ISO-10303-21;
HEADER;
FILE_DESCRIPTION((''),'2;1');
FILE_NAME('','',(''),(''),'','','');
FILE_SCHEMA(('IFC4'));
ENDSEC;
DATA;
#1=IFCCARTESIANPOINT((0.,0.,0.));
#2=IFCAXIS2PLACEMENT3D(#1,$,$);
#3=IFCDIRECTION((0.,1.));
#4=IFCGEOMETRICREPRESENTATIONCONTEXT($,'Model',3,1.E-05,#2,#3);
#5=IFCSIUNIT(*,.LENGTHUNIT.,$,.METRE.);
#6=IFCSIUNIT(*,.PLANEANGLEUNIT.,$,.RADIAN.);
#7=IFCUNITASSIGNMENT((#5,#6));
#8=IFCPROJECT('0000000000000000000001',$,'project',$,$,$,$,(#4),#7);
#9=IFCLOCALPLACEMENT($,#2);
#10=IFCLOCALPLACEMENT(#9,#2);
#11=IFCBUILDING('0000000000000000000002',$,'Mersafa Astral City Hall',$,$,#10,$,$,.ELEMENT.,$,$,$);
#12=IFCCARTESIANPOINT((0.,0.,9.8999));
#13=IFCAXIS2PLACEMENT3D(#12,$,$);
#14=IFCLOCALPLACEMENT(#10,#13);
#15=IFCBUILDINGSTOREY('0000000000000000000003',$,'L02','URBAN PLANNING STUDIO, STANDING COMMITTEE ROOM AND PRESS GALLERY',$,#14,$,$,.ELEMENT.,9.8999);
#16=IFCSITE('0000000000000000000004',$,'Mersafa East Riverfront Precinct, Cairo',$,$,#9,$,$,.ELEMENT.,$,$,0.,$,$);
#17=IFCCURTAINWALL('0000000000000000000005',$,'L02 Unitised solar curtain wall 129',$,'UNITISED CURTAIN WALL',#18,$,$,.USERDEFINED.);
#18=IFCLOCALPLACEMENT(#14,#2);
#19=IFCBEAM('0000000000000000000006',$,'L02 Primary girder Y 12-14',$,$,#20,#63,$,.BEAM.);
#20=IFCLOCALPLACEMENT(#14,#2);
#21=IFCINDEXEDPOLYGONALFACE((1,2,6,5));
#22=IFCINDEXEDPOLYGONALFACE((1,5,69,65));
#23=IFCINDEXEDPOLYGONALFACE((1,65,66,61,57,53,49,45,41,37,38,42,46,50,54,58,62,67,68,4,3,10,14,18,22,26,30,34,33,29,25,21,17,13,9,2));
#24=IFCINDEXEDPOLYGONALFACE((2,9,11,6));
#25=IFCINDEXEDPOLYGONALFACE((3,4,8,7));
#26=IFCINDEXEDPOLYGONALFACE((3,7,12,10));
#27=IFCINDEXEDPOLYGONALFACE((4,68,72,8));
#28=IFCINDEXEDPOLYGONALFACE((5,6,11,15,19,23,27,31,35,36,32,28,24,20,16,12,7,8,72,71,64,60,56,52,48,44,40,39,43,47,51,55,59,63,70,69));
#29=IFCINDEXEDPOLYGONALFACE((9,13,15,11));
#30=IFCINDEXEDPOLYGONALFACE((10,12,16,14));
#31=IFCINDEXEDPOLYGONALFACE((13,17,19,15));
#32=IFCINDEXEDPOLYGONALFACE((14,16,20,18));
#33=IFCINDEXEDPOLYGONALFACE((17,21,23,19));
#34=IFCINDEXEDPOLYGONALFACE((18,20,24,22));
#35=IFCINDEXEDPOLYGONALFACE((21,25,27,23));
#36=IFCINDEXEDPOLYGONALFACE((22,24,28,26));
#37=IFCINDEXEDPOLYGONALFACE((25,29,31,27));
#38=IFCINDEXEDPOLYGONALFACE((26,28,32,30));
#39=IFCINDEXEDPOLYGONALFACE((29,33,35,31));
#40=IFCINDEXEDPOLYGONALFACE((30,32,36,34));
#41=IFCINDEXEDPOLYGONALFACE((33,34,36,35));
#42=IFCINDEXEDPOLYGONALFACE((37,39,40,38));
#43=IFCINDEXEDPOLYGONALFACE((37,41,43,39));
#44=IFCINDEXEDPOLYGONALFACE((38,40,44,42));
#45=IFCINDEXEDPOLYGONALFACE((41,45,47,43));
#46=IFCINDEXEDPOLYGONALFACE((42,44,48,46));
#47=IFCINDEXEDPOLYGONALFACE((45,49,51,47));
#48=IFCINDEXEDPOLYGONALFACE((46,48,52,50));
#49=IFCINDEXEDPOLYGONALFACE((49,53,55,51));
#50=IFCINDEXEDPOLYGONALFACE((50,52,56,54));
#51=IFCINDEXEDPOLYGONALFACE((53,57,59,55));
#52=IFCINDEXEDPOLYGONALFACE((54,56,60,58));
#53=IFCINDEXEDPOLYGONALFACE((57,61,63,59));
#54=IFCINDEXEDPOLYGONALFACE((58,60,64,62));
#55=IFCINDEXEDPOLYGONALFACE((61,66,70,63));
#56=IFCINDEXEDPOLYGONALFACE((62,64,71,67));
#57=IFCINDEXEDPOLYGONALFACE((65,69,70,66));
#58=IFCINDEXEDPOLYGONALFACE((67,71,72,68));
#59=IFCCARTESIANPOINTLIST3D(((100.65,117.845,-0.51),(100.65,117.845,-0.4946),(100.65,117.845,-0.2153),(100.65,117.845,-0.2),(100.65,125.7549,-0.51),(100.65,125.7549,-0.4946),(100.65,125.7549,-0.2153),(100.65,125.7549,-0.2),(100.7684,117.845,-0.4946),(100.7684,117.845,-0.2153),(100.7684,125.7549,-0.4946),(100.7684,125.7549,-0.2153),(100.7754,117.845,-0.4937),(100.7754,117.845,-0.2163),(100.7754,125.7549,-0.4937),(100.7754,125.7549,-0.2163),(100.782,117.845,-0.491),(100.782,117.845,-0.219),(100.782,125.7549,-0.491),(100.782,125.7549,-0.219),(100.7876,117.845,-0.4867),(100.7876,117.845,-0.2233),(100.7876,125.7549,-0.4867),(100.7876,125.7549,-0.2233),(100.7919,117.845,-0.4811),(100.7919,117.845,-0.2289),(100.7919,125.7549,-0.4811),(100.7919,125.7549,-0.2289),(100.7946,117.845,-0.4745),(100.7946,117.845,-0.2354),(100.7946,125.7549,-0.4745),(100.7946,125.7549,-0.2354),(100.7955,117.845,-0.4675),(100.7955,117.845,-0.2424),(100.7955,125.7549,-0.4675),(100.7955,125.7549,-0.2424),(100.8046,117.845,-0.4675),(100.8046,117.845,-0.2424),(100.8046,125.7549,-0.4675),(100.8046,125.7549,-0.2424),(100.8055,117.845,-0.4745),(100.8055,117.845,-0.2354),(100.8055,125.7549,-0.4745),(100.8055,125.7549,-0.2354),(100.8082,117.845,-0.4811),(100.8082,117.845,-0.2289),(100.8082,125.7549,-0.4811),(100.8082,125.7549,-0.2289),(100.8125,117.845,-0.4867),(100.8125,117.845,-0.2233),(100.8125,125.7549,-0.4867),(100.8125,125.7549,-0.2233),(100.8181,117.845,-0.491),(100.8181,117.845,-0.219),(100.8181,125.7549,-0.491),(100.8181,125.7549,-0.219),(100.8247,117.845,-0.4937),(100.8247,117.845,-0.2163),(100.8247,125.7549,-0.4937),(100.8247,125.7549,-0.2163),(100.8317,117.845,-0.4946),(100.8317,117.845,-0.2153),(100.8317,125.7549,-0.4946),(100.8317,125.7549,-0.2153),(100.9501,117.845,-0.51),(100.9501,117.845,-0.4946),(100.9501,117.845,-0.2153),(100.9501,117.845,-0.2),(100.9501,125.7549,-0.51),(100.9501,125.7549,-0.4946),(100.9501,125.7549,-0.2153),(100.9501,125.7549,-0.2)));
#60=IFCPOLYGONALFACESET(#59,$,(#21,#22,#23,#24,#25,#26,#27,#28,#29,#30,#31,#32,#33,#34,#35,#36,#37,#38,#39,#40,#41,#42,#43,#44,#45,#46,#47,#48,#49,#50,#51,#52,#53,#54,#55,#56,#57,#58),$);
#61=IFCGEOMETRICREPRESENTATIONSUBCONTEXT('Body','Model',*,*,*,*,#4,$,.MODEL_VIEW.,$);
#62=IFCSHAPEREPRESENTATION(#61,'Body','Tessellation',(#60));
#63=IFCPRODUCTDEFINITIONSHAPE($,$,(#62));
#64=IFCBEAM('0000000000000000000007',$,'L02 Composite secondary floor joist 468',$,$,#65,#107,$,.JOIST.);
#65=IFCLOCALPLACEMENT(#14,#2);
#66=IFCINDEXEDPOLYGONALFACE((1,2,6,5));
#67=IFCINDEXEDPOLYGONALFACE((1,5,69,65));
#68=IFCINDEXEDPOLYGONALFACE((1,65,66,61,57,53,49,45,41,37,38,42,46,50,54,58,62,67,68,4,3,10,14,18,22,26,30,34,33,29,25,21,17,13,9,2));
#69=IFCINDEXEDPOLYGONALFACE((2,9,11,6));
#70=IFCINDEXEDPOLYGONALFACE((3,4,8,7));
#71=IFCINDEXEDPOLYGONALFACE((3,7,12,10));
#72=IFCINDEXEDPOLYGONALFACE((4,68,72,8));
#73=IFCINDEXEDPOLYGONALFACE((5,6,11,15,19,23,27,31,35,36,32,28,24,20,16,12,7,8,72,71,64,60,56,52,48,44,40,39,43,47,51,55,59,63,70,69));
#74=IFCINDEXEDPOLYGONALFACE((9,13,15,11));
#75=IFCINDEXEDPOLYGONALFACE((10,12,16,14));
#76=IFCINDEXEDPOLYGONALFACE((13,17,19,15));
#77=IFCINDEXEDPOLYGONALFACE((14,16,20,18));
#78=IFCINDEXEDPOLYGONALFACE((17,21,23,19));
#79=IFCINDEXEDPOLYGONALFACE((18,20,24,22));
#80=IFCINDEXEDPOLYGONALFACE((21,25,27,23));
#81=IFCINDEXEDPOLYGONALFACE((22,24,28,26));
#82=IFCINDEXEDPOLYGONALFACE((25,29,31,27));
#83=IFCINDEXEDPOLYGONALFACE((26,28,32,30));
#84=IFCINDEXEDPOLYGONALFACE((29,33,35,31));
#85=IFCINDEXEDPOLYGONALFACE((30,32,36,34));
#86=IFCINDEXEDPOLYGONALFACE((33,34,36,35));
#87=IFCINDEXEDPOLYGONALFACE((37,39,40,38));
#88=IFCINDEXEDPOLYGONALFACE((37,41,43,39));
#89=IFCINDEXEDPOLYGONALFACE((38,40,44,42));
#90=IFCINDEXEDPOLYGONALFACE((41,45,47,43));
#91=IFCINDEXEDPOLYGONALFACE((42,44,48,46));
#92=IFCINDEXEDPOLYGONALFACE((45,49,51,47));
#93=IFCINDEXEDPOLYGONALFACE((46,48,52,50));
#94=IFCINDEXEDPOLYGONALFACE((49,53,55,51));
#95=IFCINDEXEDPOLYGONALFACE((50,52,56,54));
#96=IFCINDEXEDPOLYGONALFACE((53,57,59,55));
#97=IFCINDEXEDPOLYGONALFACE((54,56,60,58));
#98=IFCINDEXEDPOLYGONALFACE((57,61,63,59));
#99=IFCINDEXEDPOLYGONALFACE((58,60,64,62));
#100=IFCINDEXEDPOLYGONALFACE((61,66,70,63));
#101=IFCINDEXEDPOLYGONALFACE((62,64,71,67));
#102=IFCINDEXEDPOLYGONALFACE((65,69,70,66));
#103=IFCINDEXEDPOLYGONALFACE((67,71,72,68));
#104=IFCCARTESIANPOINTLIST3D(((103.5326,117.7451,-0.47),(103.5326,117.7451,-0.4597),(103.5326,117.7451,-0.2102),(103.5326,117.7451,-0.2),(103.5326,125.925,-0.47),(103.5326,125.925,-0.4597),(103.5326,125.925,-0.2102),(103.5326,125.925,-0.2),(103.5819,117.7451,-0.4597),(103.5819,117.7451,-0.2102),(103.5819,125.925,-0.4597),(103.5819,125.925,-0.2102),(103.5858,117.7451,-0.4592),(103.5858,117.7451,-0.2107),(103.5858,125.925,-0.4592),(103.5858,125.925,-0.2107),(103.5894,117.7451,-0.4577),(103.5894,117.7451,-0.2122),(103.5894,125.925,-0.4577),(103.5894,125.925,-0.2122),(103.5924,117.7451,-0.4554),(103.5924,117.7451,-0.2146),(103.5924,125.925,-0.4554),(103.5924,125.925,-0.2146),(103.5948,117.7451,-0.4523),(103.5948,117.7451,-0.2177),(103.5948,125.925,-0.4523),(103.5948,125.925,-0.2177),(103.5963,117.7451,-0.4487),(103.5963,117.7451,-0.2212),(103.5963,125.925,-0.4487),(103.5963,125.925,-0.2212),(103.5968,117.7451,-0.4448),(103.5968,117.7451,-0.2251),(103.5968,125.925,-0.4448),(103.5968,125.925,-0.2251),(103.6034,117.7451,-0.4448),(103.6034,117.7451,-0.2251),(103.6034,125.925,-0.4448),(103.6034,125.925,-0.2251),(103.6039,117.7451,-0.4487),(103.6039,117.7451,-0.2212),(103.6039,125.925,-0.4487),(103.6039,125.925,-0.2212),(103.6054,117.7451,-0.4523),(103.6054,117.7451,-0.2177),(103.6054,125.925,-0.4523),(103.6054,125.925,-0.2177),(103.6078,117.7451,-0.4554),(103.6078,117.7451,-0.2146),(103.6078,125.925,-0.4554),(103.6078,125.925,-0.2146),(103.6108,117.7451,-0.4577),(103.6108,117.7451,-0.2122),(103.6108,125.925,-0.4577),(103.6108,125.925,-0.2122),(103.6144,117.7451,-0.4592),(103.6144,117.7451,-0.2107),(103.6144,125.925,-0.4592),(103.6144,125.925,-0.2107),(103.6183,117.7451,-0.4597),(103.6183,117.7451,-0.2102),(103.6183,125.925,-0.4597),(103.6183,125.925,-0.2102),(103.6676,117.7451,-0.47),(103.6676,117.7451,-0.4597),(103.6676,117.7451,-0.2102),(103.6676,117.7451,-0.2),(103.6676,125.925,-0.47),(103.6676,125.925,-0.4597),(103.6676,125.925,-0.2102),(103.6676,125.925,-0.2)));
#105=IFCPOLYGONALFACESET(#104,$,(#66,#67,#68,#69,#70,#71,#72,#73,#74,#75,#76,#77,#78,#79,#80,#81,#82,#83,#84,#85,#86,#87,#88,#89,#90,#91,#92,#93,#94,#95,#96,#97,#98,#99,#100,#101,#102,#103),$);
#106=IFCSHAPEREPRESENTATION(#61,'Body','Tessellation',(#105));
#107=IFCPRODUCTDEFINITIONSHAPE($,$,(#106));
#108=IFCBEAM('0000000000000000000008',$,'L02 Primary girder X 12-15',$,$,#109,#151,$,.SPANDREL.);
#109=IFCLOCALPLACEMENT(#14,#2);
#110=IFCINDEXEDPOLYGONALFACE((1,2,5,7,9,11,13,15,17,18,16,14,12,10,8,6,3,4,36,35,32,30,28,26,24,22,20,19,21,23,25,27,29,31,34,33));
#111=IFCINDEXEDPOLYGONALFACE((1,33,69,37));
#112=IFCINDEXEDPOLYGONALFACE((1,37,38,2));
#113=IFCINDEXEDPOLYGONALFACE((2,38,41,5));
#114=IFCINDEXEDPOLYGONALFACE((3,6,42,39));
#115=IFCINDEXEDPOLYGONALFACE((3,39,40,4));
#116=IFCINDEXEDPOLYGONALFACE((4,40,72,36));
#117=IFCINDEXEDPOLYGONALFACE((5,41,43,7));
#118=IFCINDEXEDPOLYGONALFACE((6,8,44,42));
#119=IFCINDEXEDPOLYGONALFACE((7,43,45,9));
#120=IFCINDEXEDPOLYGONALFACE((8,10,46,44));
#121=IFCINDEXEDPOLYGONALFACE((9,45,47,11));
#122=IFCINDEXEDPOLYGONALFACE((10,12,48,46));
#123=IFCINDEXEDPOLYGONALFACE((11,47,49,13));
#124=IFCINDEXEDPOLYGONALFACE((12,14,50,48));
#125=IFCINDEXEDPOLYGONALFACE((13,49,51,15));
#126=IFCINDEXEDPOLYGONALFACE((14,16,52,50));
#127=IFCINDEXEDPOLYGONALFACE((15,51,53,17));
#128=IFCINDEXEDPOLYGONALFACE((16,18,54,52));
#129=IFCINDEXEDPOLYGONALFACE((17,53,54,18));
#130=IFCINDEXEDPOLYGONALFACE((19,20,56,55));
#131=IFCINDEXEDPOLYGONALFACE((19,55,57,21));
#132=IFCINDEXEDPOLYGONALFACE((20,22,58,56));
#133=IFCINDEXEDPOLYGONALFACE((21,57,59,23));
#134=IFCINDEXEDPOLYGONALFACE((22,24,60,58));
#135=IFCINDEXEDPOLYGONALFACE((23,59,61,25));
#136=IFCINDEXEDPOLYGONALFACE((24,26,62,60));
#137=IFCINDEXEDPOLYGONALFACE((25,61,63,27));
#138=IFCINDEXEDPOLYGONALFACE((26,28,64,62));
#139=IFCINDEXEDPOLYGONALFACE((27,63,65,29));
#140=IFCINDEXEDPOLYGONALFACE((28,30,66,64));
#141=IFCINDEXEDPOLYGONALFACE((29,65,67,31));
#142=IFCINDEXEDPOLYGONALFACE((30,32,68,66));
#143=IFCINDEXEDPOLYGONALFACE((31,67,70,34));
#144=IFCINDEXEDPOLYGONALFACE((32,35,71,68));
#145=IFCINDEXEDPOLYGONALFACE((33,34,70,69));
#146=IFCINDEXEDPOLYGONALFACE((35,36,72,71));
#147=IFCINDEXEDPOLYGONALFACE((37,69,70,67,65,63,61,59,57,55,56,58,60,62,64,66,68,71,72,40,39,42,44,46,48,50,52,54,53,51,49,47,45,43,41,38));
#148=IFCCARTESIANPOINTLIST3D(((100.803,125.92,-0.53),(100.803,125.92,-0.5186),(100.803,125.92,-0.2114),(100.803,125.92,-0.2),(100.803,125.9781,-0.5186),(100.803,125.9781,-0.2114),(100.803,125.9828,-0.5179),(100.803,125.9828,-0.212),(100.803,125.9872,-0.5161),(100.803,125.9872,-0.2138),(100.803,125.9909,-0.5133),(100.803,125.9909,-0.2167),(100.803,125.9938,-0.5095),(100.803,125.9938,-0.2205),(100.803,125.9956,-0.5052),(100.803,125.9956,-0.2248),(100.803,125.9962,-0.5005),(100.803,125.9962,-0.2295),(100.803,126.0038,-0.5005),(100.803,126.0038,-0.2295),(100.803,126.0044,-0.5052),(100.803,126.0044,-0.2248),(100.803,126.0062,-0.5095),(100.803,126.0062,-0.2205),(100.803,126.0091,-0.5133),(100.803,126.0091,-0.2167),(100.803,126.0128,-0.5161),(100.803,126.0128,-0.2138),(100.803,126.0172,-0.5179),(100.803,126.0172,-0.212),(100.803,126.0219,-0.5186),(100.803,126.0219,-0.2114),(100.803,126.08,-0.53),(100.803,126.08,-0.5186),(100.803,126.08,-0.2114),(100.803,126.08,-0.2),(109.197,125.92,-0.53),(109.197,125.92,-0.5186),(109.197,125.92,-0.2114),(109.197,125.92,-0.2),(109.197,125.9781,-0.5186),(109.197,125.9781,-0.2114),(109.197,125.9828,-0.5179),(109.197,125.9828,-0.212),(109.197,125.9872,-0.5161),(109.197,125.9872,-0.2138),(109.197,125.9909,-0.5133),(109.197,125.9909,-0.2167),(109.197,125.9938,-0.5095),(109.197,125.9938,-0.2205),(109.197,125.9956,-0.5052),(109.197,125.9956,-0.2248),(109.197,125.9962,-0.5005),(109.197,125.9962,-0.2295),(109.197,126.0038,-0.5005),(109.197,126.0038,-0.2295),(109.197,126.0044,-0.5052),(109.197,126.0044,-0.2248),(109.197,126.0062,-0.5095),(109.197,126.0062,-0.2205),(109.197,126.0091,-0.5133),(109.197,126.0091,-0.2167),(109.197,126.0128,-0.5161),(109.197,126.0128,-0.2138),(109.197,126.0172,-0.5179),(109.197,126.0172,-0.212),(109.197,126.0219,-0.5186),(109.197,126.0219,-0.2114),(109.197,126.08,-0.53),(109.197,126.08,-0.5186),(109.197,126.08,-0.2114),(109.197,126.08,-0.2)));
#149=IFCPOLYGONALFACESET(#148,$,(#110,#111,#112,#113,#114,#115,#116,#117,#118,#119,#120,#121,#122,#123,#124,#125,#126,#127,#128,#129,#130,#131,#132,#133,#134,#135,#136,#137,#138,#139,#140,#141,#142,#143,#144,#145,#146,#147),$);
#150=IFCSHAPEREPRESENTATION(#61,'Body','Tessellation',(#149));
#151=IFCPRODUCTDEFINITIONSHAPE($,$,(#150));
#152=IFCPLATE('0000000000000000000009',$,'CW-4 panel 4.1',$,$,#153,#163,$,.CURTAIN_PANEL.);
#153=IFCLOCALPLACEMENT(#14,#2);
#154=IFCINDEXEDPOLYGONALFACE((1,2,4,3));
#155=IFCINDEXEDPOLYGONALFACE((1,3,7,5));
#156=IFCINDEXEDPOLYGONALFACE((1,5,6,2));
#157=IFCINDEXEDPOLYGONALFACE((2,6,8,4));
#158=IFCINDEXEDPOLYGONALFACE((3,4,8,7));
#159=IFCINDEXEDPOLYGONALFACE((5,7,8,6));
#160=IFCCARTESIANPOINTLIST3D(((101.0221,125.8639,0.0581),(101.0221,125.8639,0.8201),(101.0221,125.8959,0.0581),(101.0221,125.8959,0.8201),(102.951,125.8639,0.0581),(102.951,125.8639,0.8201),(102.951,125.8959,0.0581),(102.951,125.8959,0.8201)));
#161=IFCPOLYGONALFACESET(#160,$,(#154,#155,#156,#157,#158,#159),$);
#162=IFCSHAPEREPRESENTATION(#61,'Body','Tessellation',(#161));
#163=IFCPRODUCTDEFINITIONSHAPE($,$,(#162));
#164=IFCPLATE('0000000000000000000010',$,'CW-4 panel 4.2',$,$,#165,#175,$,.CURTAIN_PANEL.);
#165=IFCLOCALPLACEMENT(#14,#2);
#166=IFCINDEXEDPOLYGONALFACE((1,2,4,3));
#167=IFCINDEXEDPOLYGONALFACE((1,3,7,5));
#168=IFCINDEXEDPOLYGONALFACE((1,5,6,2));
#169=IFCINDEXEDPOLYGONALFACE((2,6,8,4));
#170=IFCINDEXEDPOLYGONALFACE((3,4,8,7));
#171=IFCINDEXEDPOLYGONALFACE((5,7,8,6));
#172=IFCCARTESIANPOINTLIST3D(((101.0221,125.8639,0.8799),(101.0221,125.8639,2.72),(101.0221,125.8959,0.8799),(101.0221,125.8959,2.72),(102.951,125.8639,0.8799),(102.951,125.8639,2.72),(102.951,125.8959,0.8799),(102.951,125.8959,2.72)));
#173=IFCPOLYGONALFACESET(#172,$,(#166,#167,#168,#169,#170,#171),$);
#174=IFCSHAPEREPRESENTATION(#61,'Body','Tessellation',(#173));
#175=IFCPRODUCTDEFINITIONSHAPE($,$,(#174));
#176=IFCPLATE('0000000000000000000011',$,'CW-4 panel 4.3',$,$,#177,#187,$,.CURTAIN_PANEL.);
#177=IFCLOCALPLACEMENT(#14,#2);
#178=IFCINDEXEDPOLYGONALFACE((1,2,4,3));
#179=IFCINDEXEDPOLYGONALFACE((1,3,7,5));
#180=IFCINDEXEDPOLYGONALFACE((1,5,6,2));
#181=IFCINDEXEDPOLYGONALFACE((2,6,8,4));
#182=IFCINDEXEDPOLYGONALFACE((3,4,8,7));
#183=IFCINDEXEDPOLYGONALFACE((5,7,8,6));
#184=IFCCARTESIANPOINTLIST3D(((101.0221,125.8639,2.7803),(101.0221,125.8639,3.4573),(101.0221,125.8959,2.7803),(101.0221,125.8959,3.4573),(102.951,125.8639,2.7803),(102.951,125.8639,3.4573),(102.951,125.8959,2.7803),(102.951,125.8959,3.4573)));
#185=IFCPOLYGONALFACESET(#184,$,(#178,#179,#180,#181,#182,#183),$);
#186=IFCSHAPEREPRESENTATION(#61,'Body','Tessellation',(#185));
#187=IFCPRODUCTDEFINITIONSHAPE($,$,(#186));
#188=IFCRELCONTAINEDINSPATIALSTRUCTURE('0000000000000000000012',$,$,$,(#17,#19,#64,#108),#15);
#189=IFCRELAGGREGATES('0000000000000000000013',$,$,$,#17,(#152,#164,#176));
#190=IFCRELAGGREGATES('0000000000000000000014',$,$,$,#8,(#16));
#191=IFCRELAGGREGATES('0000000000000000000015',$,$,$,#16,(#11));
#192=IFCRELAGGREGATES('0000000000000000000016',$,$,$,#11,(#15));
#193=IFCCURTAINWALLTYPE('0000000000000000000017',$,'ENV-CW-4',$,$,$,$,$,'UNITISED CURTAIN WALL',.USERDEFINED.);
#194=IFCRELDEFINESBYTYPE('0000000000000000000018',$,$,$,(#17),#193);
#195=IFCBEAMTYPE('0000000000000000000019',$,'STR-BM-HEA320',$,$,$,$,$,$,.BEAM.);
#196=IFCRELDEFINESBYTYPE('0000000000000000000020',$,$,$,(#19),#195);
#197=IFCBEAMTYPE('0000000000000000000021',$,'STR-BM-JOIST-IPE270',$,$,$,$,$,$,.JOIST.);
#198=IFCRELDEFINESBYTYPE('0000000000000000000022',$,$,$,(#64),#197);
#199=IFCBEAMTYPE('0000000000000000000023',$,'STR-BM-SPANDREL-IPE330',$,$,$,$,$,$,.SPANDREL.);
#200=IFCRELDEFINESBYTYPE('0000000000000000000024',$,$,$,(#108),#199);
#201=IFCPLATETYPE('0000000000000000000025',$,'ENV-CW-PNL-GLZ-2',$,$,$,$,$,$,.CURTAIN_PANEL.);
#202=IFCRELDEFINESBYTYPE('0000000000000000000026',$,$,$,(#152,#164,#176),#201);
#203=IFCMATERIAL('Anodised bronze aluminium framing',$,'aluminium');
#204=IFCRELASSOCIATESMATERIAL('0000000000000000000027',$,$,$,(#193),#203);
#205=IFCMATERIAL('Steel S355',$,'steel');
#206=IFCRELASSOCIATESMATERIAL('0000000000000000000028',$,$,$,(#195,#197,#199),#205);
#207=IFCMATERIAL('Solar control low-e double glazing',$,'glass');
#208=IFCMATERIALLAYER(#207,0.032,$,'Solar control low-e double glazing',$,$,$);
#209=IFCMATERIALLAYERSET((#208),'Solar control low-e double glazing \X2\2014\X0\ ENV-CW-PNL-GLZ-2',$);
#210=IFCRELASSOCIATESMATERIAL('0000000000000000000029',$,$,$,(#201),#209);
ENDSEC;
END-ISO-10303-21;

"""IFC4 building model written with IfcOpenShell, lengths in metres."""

from ifc_helpers import new_model, si_unit, direction, frame, origin, origin_2d, place, context, subcontext, project, spatial, rectangle, i_section, extrude, material, layer, layer_set, material_profile, profile_set, type_object, element, aggregate, save


model = new_model("IFC4")

# Units and contexts
model_context = context("Model", 3, precision=1e-05, world=origin(), true_north=direction((0.0, 1.0)))
body_context = subcontext(model_context, "Body", "Model", "MODEL_VIEW")
ifc_project = project(units=[si_unit("LENGTHUNIT", "METRE"), si_unit("PLANEANGLEUNIT", "RADIAN")], contexts=[model_context])

# Site, building, storey
site_placement = place(None, origin())
site = spatial("IfcSite", under=ifc_project, at=site_placement, Name="Mersafa East Riverfront Precinct, Cairo", CompositionType="ELEMENT", RefElevation=0.0)
building_placement = place(site_placement, origin())
building = spatial("IfcBuilding", under=site, at=building_placement, Name="Mersafa Astral City Hall", CompositionType="ELEMENT")
storey_placement = place(building_placement, frame((0.0, 0.0, 9.8999)))
storey = spatial("IfcBuildingStorey", under=building, at=storey_placement, Name="L02", Description="URBAN PLANNING STUDIO, STANDING COMMITTEE ROOM AND PRESS GALLERY", CompositionType="ELEMENT", Elevation=9.8999)

# Shared definitions
ifc_material_1 = material(Name="Steel S355", Category="steel")

# Curtain wall
ifc_material_2 = material(Name="Anodised bronze aluminium framing", Category="aluminium")
curtain_wall_type = type_object("IfcCurtainWallType", Name="ENV-CW-4", ElementType="UNITISED CURTAIN WALL", PredefinedType="USERDEFINED", material=ifc_material_2)
curtain_wall_1_placement = place(storey_placement, origin())
curtain_wall_1 = element("IfcCurtainWall", 1, at=curtain_wall_1_placement, inside=storey, type_object=curtain_wall_type, Name="L02 Unitised solar curtain wall 129", ObjectType="UNITISED CURTAIN WALL", PredefinedType="USERDEFINED")

# Beams
ifc_material_profile_1 = material_profile(ifc_material_1, i_section(OverallWidth=0.3, OverallDepth=0.3101, WebThickness=0.009, FlangeThickness=0.0154, FilletRadius=0.0271, at=origin_2d()), Name="HEA 320")
ifc_profile_set_1 = profile_set([ifc_material_profile_1], Name="Steel S355")
beam_type_1 = type_object("IfcBeamType", Name="STR-BM-HEA320", PredefinedType="BEAM", material=ifc_profile_set_1)
beam_1_placement = place(storey_placement, frame((100.8, 117.845, -0.355), z_axis=(0.0, 1.0, 0.0), x_axis=(-1.0, 0.0, 0.0)))
element("IfcBeam", 2, at=beam_1_placement, inside=storey, type_object=beam_type_1, Name="L02 Primary girder Y 12-14", PredefinedType="BEAM", context=body_context, shape_type="SweptSolid", body=[
    extrude(i_section(OverallWidth=0.3, OverallDepth=0.3101, WebThickness=0.009, FlangeThickness=0.0154, FilletRadius=0.0271, at=origin_2d()), origin(), (0.0, 0.0, 1.0), 7.9099),
])
ifc_material_profile_2 = material_profile(ifc_material_1, i_section(OverallWidth=0.135, OverallDepth=0.27, WebThickness=0.0066, FlangeThickness=0.0103, FilletRadius=0.0149, at=origin_2d()), Name="IPE 270")
ifc_profile_set_2 = profile_set([ifc_material_profile_2], Name="Steel S355")
beam_type_2 = type_object("IfcBeamType", Name="STR-BM-JOIST-IPE270", PredefinedType="JOIST", material=ifc_profile_set_2)
beam_2_placement = place(storey_placement, frame((103.6001, 117.7451, -0.335), z_axis=(0.0, 1.0, 0.0), x_axis=(-1.0, 0.0, 0.0)))
element("IfcBeam", 3, at=beam_2_placement, inside=storey, type_object=beam_type_2, Name="L02 Composite secondary floor joist 468", PredefinedType="JOIST", context=body_context, shape_type="SweptSolid", body=[
    extrude(i_section(OverallWidth=0.135, OverallDepth=0.27, WebThickness=0.0066, FlangeThickness=0.0103, FilletRadius=0.0149, at=origin_2d()), origin(), (0.0, 0.0, 1.0), 8.1799),
])
ifc_material_profile_3 = material_profile(ifc_material_1, i_section(OverallWidth=0.1599, OverallDepth=0.3301, WebThickness=0.0076, FlangeThickness=0.0115, FilletRadius=0.0181, at=origin_2d()), Name="IPE 330")
ifc_profile_set_3 = profile_set([ifc_material_profile_3], Name="Steel S355")
beam_type_3 = type_object("IfcBeamType", Name="STR-BM-SPANDREL-IPE330", PredefinedType="SPANDREL", material=ifc_profile_set_3)
beam_3_placement = place(storey_placement, frame((100.803, 126.0, -0.365), z_axis=(1.0, 0.0, 0.0), x_axis=(0.0, 1.0, 0.0)))
element("IfcBeam", 4, at=beam_3_placement, inside=storey, type_object=beam_type_3, Name="L02 Primary girder X 12-15", PredefinedType="SPANDREL", context=body_context, shape_type="SweptSolid", body=[
    extrude(i_section(OverallWidth=0.1599, OverallDepth=0.3301, WebThickness=0.0076, FlangeThickness=0.0115, FilletRadius=0.0181, at=origin_2d()), origin(), (0.0, 0.0, 1.0), 8.394),
])

# Plates
ifc_material_3 = material(Name="Solar control low-e double glazing", Category="glass")
ifc_layer_1 = layer(ifc_material_3, 0.032, Name="Solar control low-e double glazing")
ifc_layer_set_1 = layer_set([ifc_layer_1], Name="Solar control low-e double glazing — ENV-CW-PNL-GLZ-2")
plate_type = type_object("IfcPlateType", Name="ENV-CW-PNL-GLZ-2", PredefinedType="CURTAIN_PANEL", material=ifc_layer_set_1)
plate_1_placement = place(storey_placement, frame((101.9866, 125.8799, 0.0581), z_axis=(0.0, 0.0, 1.0), x_axis=(-1.0, 0.0, 0.0)))
plate_1 = element("IfcPlate", 5, at=plate_1_placement, type_object=plate_type, Name="CW-4 panel 4.1", PredefinedType="CURTAIN_PANEL", context=body_context, shape_type="SweptSolid", body=[
    extrude(rectangle(XDim=1.929, YDim=0.032, at=origin_2d()), origin(), (0.0, 0.0, 1.0), 0.762),
])
plate_2_placement = place(storey_placement, frame((101.9866, 125.8799, 0.8799), z_axis=(0.0, 0.0, 1.0), x_axis=(-1.0, 0.0, 0.0)))
plate_2 = element("IfcPlate", 6, at=plate_2_placement, type_object=plate_type, Name="CW-4 panel 4.2", PredefinedType="CURTAIN_PANEL", context=body_context, shape_type="SweptSolid", body=[
    extrude(rectangle(XDim=1.929, YDim=0.032, at=origin_2d()), origin(), (0.0, 0.0, 1.0), 1.8401),
])
plate_3_placement = place(storey_placement, frame((101.9866, 125.8799, 2.7803), z_axis=(0.0, 0.0, 1.0), x_axis=(-1.0, 0.0, 0.0)))
plate_3 = element("IfcPlate", 7, at=plate_3_placement, type_object=plate_type, Name="CW-4 panel 4.3", PredefinedType="CURTAIN_PANEL", context=body_context, shape_type="SweptSolid", body=[
    extrude(rectangle(XDim=1.929, YDim=0.032, at=origin_2d()), origin(), (0.0, 0.0, 1.0), 0.677),
])
aggregate(curtain_wall_1, [plate_1, plate_2, plate_3])

save(model, "model.ifc")
